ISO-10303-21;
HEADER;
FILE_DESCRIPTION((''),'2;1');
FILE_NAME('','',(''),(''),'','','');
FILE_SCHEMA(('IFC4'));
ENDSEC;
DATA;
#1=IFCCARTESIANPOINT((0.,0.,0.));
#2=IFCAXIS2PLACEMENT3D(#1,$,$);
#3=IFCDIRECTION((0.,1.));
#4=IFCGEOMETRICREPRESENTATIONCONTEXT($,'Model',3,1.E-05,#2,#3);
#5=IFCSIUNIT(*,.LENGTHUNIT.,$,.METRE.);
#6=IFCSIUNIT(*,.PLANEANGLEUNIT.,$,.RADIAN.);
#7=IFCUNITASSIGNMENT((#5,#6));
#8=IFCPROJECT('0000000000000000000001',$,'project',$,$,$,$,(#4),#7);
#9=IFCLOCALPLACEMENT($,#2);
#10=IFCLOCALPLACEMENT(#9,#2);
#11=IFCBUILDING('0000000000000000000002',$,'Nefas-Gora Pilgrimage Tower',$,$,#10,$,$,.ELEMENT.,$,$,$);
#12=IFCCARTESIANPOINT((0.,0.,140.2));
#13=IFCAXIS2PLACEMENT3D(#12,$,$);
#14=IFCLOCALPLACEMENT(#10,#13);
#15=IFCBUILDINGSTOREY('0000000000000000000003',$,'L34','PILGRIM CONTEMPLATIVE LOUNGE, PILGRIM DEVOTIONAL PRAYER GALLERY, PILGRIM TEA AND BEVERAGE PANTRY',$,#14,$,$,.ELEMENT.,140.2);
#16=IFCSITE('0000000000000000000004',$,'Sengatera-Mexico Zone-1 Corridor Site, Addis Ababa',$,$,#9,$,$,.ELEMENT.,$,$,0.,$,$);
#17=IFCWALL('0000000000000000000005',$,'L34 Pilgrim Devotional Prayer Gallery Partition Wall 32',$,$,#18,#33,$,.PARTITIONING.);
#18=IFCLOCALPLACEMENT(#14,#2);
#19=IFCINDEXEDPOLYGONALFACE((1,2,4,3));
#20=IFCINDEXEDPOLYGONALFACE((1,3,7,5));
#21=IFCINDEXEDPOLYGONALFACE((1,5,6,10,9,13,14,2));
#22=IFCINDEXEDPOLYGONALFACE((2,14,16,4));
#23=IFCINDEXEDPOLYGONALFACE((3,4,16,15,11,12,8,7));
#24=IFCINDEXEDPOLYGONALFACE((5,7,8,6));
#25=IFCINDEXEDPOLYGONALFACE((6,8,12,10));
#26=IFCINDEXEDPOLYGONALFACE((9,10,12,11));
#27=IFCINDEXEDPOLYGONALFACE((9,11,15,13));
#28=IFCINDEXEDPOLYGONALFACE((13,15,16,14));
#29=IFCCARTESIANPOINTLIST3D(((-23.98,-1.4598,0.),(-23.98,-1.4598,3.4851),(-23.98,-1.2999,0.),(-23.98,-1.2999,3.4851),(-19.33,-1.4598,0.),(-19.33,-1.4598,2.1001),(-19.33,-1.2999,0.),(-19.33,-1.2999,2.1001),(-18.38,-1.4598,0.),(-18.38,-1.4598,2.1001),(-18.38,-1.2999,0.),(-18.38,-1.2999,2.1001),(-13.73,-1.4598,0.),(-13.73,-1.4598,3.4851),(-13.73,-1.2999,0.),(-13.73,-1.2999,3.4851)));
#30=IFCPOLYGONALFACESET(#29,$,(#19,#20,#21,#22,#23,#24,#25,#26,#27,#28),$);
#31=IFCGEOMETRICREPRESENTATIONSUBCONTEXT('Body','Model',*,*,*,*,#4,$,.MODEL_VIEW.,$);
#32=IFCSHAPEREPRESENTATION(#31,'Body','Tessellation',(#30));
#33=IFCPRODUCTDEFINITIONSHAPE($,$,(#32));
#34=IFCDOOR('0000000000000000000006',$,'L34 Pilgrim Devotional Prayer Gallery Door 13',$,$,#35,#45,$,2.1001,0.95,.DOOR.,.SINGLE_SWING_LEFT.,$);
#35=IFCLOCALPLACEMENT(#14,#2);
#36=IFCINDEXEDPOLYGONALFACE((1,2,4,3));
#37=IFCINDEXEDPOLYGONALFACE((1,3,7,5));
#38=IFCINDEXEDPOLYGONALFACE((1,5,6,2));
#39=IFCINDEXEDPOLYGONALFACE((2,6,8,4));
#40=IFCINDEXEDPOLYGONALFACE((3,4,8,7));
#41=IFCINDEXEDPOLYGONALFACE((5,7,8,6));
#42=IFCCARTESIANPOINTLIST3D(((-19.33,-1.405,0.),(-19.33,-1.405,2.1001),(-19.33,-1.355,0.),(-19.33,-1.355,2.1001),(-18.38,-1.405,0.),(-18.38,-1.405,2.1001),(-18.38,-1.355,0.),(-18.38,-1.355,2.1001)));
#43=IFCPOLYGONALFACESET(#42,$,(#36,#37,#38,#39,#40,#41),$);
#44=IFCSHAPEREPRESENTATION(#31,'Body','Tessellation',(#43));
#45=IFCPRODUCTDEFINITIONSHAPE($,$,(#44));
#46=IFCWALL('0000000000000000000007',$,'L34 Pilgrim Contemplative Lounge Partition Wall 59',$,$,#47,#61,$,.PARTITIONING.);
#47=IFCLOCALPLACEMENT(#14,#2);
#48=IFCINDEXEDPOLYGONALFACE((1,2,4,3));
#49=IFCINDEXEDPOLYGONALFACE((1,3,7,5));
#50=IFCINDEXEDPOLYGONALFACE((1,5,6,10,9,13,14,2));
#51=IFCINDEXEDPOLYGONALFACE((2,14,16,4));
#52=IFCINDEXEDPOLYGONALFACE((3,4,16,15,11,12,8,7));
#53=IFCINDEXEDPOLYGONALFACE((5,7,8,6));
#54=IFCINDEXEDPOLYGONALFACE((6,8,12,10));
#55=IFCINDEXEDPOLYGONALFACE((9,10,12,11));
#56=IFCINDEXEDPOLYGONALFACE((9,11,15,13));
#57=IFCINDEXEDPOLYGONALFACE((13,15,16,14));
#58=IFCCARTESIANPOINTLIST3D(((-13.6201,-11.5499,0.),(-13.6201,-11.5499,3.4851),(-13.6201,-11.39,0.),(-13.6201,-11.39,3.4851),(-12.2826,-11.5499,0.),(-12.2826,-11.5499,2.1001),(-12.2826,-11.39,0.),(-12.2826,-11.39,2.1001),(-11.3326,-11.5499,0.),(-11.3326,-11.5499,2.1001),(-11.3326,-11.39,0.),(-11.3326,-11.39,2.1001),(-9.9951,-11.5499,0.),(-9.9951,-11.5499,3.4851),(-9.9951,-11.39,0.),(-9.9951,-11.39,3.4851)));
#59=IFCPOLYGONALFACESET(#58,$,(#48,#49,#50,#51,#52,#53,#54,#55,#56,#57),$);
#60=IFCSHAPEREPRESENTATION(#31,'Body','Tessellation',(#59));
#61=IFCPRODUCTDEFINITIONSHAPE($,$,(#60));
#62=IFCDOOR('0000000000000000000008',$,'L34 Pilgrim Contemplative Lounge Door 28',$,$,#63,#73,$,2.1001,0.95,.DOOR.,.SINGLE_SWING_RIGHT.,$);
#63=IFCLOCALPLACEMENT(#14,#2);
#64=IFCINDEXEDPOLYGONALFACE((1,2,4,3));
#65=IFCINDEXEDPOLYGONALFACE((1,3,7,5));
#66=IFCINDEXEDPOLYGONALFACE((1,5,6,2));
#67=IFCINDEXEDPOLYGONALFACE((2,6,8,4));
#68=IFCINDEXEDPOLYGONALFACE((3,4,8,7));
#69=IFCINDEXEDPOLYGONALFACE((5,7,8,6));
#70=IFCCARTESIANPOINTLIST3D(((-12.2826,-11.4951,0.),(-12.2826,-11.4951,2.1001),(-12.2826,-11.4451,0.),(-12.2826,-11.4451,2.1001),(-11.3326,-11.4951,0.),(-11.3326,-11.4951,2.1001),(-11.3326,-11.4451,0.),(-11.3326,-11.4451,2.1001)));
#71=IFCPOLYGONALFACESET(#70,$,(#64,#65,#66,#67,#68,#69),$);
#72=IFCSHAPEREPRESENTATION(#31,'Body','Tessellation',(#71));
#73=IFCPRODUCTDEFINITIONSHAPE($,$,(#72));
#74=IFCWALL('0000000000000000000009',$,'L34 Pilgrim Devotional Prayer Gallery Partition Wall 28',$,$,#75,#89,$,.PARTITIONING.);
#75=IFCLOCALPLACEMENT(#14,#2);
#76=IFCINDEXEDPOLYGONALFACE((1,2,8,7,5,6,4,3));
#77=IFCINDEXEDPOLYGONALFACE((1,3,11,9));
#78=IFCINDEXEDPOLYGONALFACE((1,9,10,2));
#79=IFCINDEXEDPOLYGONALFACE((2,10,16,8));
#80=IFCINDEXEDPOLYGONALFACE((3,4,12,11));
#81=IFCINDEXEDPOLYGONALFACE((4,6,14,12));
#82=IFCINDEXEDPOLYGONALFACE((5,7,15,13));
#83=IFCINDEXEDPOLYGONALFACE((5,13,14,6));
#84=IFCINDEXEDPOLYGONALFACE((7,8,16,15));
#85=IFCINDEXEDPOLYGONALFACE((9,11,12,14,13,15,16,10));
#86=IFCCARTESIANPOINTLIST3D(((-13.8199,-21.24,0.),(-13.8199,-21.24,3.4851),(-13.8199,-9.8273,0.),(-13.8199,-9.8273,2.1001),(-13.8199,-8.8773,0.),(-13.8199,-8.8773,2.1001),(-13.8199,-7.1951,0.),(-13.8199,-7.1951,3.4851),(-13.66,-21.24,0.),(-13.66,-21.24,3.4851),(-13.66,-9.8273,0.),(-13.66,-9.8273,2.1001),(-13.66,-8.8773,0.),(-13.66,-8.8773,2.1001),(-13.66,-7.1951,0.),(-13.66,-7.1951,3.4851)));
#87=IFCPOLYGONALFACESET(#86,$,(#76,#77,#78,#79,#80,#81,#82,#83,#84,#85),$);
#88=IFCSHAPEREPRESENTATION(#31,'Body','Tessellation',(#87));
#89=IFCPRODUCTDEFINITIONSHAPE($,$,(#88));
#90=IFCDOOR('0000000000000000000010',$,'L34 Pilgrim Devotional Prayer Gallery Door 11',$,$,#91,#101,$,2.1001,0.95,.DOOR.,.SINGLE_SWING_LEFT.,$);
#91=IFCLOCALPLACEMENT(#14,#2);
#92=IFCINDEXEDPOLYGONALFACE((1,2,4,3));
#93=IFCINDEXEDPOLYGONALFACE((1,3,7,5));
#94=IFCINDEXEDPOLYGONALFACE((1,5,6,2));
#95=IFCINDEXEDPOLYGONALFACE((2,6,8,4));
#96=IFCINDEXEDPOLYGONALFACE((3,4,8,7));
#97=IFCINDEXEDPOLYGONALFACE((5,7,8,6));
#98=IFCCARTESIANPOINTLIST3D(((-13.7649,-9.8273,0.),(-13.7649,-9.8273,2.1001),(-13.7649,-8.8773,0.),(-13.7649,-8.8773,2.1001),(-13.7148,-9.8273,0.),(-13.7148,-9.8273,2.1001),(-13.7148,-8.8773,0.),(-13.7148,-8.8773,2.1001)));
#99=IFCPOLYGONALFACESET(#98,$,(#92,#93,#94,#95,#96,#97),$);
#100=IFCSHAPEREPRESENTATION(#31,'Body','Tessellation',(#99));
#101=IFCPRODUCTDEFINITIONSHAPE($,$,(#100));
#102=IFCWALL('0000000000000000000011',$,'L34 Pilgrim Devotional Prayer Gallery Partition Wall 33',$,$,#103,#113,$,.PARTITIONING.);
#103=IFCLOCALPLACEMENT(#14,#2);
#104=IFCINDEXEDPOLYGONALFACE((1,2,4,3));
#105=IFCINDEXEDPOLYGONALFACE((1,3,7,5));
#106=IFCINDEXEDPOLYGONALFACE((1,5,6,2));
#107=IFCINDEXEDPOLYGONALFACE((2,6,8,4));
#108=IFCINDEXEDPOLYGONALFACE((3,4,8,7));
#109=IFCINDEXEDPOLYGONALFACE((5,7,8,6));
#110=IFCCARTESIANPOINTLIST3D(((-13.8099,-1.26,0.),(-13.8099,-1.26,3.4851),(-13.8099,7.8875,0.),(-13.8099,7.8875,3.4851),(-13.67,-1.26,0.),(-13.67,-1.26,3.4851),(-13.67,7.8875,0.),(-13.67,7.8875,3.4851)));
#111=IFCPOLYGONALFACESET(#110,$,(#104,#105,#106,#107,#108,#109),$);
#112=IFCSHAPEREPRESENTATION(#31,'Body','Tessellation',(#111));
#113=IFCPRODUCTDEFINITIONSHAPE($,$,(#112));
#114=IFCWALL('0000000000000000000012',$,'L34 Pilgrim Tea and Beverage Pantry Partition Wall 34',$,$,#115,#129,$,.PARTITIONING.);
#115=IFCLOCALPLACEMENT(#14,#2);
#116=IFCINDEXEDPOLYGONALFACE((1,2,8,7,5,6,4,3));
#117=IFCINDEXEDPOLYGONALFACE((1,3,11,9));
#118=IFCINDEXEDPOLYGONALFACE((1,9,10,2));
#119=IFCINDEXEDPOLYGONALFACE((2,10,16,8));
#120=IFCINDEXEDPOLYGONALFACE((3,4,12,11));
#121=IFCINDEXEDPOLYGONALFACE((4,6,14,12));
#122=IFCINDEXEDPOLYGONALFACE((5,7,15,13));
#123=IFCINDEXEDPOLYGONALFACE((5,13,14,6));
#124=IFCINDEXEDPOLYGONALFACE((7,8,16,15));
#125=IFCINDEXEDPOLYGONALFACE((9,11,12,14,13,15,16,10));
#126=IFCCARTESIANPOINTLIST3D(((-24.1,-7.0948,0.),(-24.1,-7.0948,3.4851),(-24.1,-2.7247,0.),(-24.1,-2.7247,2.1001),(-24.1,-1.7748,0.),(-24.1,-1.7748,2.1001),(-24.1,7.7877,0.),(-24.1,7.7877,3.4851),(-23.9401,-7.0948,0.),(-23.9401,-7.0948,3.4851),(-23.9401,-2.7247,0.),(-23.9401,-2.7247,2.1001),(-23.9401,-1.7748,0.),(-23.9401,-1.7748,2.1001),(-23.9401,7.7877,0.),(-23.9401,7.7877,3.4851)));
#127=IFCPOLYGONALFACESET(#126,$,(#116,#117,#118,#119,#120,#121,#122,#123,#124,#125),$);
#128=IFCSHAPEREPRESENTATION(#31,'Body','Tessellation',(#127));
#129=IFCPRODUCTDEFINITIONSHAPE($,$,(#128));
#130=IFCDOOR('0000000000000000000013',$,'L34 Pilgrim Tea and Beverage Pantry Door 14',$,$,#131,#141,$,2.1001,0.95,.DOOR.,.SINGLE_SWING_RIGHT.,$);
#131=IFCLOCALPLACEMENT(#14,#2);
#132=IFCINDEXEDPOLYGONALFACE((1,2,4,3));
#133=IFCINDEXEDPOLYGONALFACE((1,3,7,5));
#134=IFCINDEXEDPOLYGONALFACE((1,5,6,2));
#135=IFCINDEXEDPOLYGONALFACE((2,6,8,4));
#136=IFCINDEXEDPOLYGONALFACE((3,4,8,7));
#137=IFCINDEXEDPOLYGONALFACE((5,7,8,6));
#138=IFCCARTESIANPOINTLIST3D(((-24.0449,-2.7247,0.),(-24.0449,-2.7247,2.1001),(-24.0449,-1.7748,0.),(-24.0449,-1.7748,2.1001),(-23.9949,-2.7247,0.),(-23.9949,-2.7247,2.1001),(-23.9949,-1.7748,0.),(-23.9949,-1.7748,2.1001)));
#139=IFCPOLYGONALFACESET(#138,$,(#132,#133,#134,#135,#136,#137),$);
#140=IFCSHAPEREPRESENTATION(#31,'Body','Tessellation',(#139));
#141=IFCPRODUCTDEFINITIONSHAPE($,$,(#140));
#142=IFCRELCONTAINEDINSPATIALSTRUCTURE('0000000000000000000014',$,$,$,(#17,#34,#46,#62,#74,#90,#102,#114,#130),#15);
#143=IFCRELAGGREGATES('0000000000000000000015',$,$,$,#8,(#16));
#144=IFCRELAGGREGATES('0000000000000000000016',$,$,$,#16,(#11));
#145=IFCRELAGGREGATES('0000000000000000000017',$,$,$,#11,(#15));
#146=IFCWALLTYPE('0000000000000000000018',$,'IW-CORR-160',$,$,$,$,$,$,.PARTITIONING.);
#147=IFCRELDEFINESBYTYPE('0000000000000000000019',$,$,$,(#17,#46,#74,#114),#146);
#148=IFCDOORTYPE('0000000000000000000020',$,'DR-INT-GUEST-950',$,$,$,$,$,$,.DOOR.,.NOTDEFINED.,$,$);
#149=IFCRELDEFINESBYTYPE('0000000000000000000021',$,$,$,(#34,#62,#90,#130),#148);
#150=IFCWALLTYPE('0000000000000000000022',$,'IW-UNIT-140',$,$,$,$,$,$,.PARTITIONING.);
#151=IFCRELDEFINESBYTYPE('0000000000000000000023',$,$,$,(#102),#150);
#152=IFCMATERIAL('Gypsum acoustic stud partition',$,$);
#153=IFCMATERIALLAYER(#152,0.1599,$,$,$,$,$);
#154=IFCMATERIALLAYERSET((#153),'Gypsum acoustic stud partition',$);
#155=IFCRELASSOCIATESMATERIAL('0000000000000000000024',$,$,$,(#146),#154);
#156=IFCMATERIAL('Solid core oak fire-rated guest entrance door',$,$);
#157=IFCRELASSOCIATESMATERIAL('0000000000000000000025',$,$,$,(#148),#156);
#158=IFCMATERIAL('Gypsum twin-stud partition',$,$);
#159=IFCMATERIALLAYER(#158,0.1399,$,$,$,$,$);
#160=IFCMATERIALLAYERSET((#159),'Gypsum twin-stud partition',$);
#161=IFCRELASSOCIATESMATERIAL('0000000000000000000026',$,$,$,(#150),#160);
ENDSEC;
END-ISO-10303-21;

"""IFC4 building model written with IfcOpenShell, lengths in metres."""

from ifc_helpers import new_model, si_unit, direction, frame, frame_2d, origin, place, context, subcontext, project, spatial, rectangle, extrude, source, transform, mapped, material, layer, layer_set, type_object, element, fill, save


model = new_model("IFC4")

# Units and contexts
model_context = context("Model", 3, precision=1e-05, world=origin(), true_north=direction((0.0, 1.0)))
body_context = subcontext(model_context, "Body", "Model", "MODEL_VIEW")
ifc_project = project(units=[si_unit("LENGTHUNIT", "METRE"), si_unit("PLANEANGLEUNIT", "RADIAN")], contexts=[model_context])

# Site, building, storey
site_placement = place(None, origin())
site = spatial("IfcSite", under=ifc_project, at=site_placement, Name="Sengatera-Mexico Zone-1 Corridor Site, Addis Ababa", CompositionType="ELEMENT", RefElevation=0.0)
building_placement = place(site_placement, origin())
building = spatial("IfcBuilding", under=site, at=building_placement, Name="Nefas-Gora Pilgrimage Tower", CompositionType="ELEMENT")
storey_placement = place(building_placement, frame((0.0, 0.0, 140.2)))
storey = spatial("IfcBuildingStorey", under=building, at=storey_placement, Name="L34", Description="PILGRIM CONTEMPLATIVE LOUNGE, PILGRIM DEVOTIONAL PRAYER GALLERY, PILGRIM TEA AND BEVERAGE PANTRY", CompositionType="ELEMENT", Elevation=140.2)

# Walls, openings, doors
ifc_material_1 = material(Name="Gypsum acoustic stud partition")
ifc_layer_1 = layer(ifc_material_1, 0.1599)
ifc_layer_set_1 = layer_set([ifc_layer_1], Name="Gypsum acoustic stud partition")
wall_type_1 = type_object("IfcWallType", Name="IW-CORR-160", PredefinedType="PARTITIONING", material=ifc_layer_set_1)
shared_shape_1 = source(origin(), body_context, "Body", "SweptSolid", [
    extrude(rectangle(XDim=10.25, YDim=0.1599, at=frame_2d((5.125, 0.0))), origin(), (0.0, 0.0, 1.0), 3.4851),
])
wall_1_placement = place(storey_placement, frame((-23.98, -1.3799, 0.0), z_axis=(0.0, 0.0, 1.0), x_axis=(1.0, 0.0, 0.0)))
wall_1 = element("IfcWall", 1, at=wall_1_placement, inside=storey, type_object=wall_type_1, Name="L34 Pilgrim Devotional Prayer Gallery Partition Wall 32", PredefinedType="PARTITIONING", context=body_context, shape_type="MappedRepresentation", body=[
    mapped(shared_shape_1, transform((0.0, 0.0, 0.0), x_axis=(1.0, 0.0, 0.0), y_axis=(0.0, 1.0, 0.0), z_axis=(0.0, 0.0, 1.0), scale=1.0)),
])
opening_1_placement = place(wall_1_placement, frame((4.6499, 0.0, 0.0)))
opening_1 = element("IfcOpeningElement", 2, at=opening_1_placement, cuts=wall_1, PredefinedType="OPENING", context=body_context, shape_type="SweptSolid", body=[
    extrude(rectangle(XDim=0.95, YDim=2.1001, at=frame_2d((0.4751, 1.05))), frame((0.0, 0.0898, 0.0), z_axis=(0.0, -1.0, 0.0), x_axis=(1.0, 0.0, 0.0)), (0.0, 0.0, 1.0), 0.1799),
])
ifc_material_2 = material(Name="Solid core oak fire-rated guest entrance door")
door_type_1 = type_object("IfcDoorType", Name="DR-INT-GUEST-950", OperationType="NOTDEFINED", PredefinedType="DOOR", material=ifc_material_2)
shared_shape_2 = source(origin(), body_context, "Body", "SweptSolid", [
    extrude(rectangle(XDim=0.95, YDim=2.1001, at=frame_2d((0.4751, 1.05))), frame((0.0, 0.0249, 0.0), z_axis=(0.0, -1.0, 0.0), x_axis=(1.0, 0.0, 0.0)), (0.0, 0.0, 1.0), 0.05),
])
door_1_placement = place(opening_1_placement, origin())
door_1 = element("IfcDoor", 3, at=door_1_placement, inside=storey, type_object=door_type_1, Name="L34 Pilgrim Devotional Prayer Gallery Door 13", OperationType="SINGLE_SWING_LEFT", OverallHeight=2.1001, OverallWidth=0.95, PredefinedType="DOOR", context=body_context, shape_type="MappedRepresentation", body=[
    mapped(shared_shape_2, transform((0.0, 0.0, 0.0), x_axis=(1.0, 0.0, 0.0), y_axis=(0.0, 1.0, 0.0), z_axis=(0.0, 0.0, 1.0), scale=1.0)),
])
fill(opening_1, door_1)
shared_shape_3 = source(origin(), body_context, "Body", "SweptSolid", [
    extrude(rectangle(XDim=3.625, YDim=0.1599, at=frame_2d((1.8125, 0.0))), origin(), (0.0, 0.0, 1.0), 3.4851),
])
wall_2_placement = place(storey_placement, frame((-13.6201, -11.47, 0.0), z_axis=(0.0, 0.0, 1.0), x_axis=(1.0, 0.0, 0.0)))
wall_2 = element("IfcWall", 4, at=wall_2_placement, inside=storey, type_object=wall_type_1, Name="L34 Pilgrim Contemplative Lounge Partition Wall 59", PredefinedType="PARTITIONING", context=body_context, shape_type="MappedRepresentation", body=[
    mapped(shared_shape_3, transform((0.0, 0.0, 0.0), x_axis=(1.0, 0.0, 0.0), y_axis=(0.0, 1.0, 0.0), z_axis=(0.0, 0.0, 1.0), scale=1.0)),
])
opening_2_placement = place(wall_2_placement, frame((1.3374, 0.0, 0.0)))
opening_2 = element("IfcOpeningElement", 5, at=opening_2_placement, cuts=wall_2, PredefinedType="OPENING", context=body_context, shape_type="SweptSolid", body=[
    extrude(rectangle(XDim=0.95, YDim=2.1001, at=frame_2d((0.4751, 1.05))), frame((0.0, 0.0898, 0.0), z_axis=(0.0, -1.0, 0.0), x_axis=(1.0, 0.0, 0.0)), (0.0, 0.0, 1.0), 0.1799),
])
door_2_placement = place(opening_2_placement, origin())
door_2 = element("IfcDoor", 6, at=door_2_placement, inside=storey, type_object=door_type_1, Name="L34 Pilgrim Contemplative Lounge Door 28", OperationType="SINGLE_SWING_RIGHT", OverallHeight=2.1001, OverallWidth=0.95, PredefinedType="DOOR", context=body_context, shape_type="MappedRepresentation", body=[
    mapped(shared_shape_2, transform((0.0, 0.0, 0.0), x_axis=(1.0, 0.0, 0.0), y_axis=(0.0, 1.0, 0.0), z_axis=(0.0, 0.0, 1.0), scale=1.0)),
])
fill(opening_2, door_2)
shared_shape_4 = source(origin(), body_context, "Body", "SweptSolid", [
    extrude(rectangle(XDim=14.0449, YDim=0.1599, at=frame_2d((7.0225, 0.0))), origin(), (0.0, 0.0, 1.0), 3.4851),
])
wall_3_placement = place(storey_placement, frame((-13.74, -21.24, 0.0), z_axis=(0.0, 0.0, 1.0), x_axis=(0.0, 1.0, 0.0)))
wall_3 = element("IfcWall", 7, at=wall_3_placement, inside=storey, type_object=wall_type_1, Name="L34 Pilgrim Devotional Prayer Gallery Partition Wall 28", PredefinedType="PARTITIONING", context=body_context, shape_type="MappedRepresentation", body=[
    mapped(shared_shape_4, transform((0.0, 0.0, 0.0), x_axis=(1.0, 0.0, 0.0), y_axis=(0.0, 1.0, 0.0), z_axis=(0.0, 0.0, 1.0), scale=1.0)),
])
opening_3_placement = place(wall_3_placement, frame((11.4126, 0.0, 0.0)))
opening_3 = element("IfcOpeningElement", 8, at=opening_3_placement, cuts=wall_3, PredefinedType="OPENING", context=body_context, shape_type="SweptSolid", body=[
    extrude(rectangle(XDim=0.95, YDim=2.1001, at=frame_2d((0.4751, 1.05))), frame((0.0, 0.0898, 0.0), z_axis=(0.0, -1.0, 0.0), x_axis=(1.0, 0.0, 0.0)), (0.0, 0.0, 1.0), 0.1799),
])
door_3_placement = place(opening_3_placement, origin())
door_3 = element("IfcDoor", 9, at=door_3_placement, inside=storey, type_object=door_type_1, Name="L34 Pilgrim Devotional Prayer Gallery Door 11", OperationType="SINGLE_SWING_LEFT", OverallHeight=2.1001, OverallWidth=0.95, PredefinedType="DOOR", context=body_context, shape_type="MappedRepresentation", body=[
    mapped(shared_shape_2, transform((0.0, 0.0, 0.0), x_axis=(1.0, 0.0, 0.0), y_axis=(0.0, 1.0, 0.0), z_axis=(0.0, 0.0, 1.0), scale=1.0)),
])
fill(opening_3, door_3)

# Wall
ifc_material_3 = material(Name="Gypsum twin-stud partition")
ifc_layer_2 = layer(ifc_material_3, 0.1399)
ifc_layer_set_2 = layer_set([ifc_layer_2], Name="Gypsum twin-stud partition")
wall_type_2 = type_object("IfcWallType", Name="IW-UNIT-140", PredefinedType="PARTITIONING", material=ifc_layer_set_2)
shared_shape_5 = source(origin(), body_context, "Body", "SweptSolid", [
    extrude(rectangle(XDim=9.1475, YDim=0.1399, at=frame_2d((4.5737, 0.0))), origin(), (0.0, 0.0, 1.0), 3.4851),
])
wall_4_placement = place(storey_placement, frame((-13.74, -1.26, 0.0), z_axis=(0.0, 0.0, 1.0), x_axis=(0.0, 1.0, 0.0)))
element("IfcWall", 10, at=wall_4_placement, inside=storey, type_object=wall_type_2, Name="L34 Pilgrim Devotional Prayer Gallery Partition Wall 33", PredefinedType="PARTITIONING", context=body_context, shape_type="MappedRepresentation", body=[
    mapped(shared_shape_5, transform((0.0, 0.0, 0.0), x_axis=(1.0, 0.0, 0.0), y_axis=(0.0, 1.0, 0.0), z_axis=(0.0, 0.0, 1.0), scale=1.0)),
])

# Wall, opening, door
shared_shape_6 = source(origin(), body_context, "Body", "SweptSolid", [
    extrude(rectangle(XDim=14.8826, YDim=0.1599, at=frame_2d((7.4414, 0.0))), origin(), (0.0, 0.0, 1.0), 3.4851),
])
wall_5_placement = place(storey_placement, frame((-24.02, -7.095, 0.0), z_axis=(0.0, 0.0, 1.0), x_axis=(0.0, 1.0, 0.0)))
wall_5 = element("IfcWall", 11, at=wall_5_placement, inside=storey, type_object=wall_type_1, Name="L34 Pilgrim Tea and Beverage Pantry Partition Wall 34", PredefinedType="PARTITIONING", context=body_context, shape_type="MappedRepresentation", body=[
    mapped(shared_shape_6, transform((0.0, 0.0, 0.0), x_axis=(1.0, 0.0, 0.0), y_axis=(0.0, 1.0, 0.0), z_axis=(0.0, 0.0, 1.0), scale=1.0)),
])
opening_4_placement = place(wall_5_placement, frame((4.3701, 0.0, 0.0)))
opening_4 = element("IfcOpeningElement", 12, at=opening_4_placement, cuts=wall_5, PredefinedType="OPENING", context=body_context, shape_type="SweptSolid", body=[
    extrude(rectangle(XDim=0.95, YDim=2.1001, at=frame_2d((0.4751, 1.05))), frame((0.0, 0.0898, 0.0), z_axis=(0.0, -1.0, 0.0), x_axis=(1.0, 0.0, 0.0)), (0.0, 0.0, 1.0), 0.1799),
])
door_4_placement = place(opening_4_placement, origin())
door_4 = element("IfcDoor", 13, at=door_4_placement, inside=storey, type_object=door_type_1, Name="L34 Pilgrim Tea and Beverage Pantry Door 14", OperationType="SINGLE_SWING_RIGHT", OverallHeight=2.1001, OverallWidth=0.95, PredefinedType="DOOR", context=body_context, shape_type="MappedRepresentation", body=[
    mapped(shared_shape_2, transform((0.0, 0.0, 0.0), x_axis=(1.0, 0.0, 0.0), y_axis=(0.0, 1.0, 0.0), z_axis=(0.0, 0.0, 1.0), scale=1.0)),
])
fill(opening_4, door_4)

save(model, "model.ifc")
